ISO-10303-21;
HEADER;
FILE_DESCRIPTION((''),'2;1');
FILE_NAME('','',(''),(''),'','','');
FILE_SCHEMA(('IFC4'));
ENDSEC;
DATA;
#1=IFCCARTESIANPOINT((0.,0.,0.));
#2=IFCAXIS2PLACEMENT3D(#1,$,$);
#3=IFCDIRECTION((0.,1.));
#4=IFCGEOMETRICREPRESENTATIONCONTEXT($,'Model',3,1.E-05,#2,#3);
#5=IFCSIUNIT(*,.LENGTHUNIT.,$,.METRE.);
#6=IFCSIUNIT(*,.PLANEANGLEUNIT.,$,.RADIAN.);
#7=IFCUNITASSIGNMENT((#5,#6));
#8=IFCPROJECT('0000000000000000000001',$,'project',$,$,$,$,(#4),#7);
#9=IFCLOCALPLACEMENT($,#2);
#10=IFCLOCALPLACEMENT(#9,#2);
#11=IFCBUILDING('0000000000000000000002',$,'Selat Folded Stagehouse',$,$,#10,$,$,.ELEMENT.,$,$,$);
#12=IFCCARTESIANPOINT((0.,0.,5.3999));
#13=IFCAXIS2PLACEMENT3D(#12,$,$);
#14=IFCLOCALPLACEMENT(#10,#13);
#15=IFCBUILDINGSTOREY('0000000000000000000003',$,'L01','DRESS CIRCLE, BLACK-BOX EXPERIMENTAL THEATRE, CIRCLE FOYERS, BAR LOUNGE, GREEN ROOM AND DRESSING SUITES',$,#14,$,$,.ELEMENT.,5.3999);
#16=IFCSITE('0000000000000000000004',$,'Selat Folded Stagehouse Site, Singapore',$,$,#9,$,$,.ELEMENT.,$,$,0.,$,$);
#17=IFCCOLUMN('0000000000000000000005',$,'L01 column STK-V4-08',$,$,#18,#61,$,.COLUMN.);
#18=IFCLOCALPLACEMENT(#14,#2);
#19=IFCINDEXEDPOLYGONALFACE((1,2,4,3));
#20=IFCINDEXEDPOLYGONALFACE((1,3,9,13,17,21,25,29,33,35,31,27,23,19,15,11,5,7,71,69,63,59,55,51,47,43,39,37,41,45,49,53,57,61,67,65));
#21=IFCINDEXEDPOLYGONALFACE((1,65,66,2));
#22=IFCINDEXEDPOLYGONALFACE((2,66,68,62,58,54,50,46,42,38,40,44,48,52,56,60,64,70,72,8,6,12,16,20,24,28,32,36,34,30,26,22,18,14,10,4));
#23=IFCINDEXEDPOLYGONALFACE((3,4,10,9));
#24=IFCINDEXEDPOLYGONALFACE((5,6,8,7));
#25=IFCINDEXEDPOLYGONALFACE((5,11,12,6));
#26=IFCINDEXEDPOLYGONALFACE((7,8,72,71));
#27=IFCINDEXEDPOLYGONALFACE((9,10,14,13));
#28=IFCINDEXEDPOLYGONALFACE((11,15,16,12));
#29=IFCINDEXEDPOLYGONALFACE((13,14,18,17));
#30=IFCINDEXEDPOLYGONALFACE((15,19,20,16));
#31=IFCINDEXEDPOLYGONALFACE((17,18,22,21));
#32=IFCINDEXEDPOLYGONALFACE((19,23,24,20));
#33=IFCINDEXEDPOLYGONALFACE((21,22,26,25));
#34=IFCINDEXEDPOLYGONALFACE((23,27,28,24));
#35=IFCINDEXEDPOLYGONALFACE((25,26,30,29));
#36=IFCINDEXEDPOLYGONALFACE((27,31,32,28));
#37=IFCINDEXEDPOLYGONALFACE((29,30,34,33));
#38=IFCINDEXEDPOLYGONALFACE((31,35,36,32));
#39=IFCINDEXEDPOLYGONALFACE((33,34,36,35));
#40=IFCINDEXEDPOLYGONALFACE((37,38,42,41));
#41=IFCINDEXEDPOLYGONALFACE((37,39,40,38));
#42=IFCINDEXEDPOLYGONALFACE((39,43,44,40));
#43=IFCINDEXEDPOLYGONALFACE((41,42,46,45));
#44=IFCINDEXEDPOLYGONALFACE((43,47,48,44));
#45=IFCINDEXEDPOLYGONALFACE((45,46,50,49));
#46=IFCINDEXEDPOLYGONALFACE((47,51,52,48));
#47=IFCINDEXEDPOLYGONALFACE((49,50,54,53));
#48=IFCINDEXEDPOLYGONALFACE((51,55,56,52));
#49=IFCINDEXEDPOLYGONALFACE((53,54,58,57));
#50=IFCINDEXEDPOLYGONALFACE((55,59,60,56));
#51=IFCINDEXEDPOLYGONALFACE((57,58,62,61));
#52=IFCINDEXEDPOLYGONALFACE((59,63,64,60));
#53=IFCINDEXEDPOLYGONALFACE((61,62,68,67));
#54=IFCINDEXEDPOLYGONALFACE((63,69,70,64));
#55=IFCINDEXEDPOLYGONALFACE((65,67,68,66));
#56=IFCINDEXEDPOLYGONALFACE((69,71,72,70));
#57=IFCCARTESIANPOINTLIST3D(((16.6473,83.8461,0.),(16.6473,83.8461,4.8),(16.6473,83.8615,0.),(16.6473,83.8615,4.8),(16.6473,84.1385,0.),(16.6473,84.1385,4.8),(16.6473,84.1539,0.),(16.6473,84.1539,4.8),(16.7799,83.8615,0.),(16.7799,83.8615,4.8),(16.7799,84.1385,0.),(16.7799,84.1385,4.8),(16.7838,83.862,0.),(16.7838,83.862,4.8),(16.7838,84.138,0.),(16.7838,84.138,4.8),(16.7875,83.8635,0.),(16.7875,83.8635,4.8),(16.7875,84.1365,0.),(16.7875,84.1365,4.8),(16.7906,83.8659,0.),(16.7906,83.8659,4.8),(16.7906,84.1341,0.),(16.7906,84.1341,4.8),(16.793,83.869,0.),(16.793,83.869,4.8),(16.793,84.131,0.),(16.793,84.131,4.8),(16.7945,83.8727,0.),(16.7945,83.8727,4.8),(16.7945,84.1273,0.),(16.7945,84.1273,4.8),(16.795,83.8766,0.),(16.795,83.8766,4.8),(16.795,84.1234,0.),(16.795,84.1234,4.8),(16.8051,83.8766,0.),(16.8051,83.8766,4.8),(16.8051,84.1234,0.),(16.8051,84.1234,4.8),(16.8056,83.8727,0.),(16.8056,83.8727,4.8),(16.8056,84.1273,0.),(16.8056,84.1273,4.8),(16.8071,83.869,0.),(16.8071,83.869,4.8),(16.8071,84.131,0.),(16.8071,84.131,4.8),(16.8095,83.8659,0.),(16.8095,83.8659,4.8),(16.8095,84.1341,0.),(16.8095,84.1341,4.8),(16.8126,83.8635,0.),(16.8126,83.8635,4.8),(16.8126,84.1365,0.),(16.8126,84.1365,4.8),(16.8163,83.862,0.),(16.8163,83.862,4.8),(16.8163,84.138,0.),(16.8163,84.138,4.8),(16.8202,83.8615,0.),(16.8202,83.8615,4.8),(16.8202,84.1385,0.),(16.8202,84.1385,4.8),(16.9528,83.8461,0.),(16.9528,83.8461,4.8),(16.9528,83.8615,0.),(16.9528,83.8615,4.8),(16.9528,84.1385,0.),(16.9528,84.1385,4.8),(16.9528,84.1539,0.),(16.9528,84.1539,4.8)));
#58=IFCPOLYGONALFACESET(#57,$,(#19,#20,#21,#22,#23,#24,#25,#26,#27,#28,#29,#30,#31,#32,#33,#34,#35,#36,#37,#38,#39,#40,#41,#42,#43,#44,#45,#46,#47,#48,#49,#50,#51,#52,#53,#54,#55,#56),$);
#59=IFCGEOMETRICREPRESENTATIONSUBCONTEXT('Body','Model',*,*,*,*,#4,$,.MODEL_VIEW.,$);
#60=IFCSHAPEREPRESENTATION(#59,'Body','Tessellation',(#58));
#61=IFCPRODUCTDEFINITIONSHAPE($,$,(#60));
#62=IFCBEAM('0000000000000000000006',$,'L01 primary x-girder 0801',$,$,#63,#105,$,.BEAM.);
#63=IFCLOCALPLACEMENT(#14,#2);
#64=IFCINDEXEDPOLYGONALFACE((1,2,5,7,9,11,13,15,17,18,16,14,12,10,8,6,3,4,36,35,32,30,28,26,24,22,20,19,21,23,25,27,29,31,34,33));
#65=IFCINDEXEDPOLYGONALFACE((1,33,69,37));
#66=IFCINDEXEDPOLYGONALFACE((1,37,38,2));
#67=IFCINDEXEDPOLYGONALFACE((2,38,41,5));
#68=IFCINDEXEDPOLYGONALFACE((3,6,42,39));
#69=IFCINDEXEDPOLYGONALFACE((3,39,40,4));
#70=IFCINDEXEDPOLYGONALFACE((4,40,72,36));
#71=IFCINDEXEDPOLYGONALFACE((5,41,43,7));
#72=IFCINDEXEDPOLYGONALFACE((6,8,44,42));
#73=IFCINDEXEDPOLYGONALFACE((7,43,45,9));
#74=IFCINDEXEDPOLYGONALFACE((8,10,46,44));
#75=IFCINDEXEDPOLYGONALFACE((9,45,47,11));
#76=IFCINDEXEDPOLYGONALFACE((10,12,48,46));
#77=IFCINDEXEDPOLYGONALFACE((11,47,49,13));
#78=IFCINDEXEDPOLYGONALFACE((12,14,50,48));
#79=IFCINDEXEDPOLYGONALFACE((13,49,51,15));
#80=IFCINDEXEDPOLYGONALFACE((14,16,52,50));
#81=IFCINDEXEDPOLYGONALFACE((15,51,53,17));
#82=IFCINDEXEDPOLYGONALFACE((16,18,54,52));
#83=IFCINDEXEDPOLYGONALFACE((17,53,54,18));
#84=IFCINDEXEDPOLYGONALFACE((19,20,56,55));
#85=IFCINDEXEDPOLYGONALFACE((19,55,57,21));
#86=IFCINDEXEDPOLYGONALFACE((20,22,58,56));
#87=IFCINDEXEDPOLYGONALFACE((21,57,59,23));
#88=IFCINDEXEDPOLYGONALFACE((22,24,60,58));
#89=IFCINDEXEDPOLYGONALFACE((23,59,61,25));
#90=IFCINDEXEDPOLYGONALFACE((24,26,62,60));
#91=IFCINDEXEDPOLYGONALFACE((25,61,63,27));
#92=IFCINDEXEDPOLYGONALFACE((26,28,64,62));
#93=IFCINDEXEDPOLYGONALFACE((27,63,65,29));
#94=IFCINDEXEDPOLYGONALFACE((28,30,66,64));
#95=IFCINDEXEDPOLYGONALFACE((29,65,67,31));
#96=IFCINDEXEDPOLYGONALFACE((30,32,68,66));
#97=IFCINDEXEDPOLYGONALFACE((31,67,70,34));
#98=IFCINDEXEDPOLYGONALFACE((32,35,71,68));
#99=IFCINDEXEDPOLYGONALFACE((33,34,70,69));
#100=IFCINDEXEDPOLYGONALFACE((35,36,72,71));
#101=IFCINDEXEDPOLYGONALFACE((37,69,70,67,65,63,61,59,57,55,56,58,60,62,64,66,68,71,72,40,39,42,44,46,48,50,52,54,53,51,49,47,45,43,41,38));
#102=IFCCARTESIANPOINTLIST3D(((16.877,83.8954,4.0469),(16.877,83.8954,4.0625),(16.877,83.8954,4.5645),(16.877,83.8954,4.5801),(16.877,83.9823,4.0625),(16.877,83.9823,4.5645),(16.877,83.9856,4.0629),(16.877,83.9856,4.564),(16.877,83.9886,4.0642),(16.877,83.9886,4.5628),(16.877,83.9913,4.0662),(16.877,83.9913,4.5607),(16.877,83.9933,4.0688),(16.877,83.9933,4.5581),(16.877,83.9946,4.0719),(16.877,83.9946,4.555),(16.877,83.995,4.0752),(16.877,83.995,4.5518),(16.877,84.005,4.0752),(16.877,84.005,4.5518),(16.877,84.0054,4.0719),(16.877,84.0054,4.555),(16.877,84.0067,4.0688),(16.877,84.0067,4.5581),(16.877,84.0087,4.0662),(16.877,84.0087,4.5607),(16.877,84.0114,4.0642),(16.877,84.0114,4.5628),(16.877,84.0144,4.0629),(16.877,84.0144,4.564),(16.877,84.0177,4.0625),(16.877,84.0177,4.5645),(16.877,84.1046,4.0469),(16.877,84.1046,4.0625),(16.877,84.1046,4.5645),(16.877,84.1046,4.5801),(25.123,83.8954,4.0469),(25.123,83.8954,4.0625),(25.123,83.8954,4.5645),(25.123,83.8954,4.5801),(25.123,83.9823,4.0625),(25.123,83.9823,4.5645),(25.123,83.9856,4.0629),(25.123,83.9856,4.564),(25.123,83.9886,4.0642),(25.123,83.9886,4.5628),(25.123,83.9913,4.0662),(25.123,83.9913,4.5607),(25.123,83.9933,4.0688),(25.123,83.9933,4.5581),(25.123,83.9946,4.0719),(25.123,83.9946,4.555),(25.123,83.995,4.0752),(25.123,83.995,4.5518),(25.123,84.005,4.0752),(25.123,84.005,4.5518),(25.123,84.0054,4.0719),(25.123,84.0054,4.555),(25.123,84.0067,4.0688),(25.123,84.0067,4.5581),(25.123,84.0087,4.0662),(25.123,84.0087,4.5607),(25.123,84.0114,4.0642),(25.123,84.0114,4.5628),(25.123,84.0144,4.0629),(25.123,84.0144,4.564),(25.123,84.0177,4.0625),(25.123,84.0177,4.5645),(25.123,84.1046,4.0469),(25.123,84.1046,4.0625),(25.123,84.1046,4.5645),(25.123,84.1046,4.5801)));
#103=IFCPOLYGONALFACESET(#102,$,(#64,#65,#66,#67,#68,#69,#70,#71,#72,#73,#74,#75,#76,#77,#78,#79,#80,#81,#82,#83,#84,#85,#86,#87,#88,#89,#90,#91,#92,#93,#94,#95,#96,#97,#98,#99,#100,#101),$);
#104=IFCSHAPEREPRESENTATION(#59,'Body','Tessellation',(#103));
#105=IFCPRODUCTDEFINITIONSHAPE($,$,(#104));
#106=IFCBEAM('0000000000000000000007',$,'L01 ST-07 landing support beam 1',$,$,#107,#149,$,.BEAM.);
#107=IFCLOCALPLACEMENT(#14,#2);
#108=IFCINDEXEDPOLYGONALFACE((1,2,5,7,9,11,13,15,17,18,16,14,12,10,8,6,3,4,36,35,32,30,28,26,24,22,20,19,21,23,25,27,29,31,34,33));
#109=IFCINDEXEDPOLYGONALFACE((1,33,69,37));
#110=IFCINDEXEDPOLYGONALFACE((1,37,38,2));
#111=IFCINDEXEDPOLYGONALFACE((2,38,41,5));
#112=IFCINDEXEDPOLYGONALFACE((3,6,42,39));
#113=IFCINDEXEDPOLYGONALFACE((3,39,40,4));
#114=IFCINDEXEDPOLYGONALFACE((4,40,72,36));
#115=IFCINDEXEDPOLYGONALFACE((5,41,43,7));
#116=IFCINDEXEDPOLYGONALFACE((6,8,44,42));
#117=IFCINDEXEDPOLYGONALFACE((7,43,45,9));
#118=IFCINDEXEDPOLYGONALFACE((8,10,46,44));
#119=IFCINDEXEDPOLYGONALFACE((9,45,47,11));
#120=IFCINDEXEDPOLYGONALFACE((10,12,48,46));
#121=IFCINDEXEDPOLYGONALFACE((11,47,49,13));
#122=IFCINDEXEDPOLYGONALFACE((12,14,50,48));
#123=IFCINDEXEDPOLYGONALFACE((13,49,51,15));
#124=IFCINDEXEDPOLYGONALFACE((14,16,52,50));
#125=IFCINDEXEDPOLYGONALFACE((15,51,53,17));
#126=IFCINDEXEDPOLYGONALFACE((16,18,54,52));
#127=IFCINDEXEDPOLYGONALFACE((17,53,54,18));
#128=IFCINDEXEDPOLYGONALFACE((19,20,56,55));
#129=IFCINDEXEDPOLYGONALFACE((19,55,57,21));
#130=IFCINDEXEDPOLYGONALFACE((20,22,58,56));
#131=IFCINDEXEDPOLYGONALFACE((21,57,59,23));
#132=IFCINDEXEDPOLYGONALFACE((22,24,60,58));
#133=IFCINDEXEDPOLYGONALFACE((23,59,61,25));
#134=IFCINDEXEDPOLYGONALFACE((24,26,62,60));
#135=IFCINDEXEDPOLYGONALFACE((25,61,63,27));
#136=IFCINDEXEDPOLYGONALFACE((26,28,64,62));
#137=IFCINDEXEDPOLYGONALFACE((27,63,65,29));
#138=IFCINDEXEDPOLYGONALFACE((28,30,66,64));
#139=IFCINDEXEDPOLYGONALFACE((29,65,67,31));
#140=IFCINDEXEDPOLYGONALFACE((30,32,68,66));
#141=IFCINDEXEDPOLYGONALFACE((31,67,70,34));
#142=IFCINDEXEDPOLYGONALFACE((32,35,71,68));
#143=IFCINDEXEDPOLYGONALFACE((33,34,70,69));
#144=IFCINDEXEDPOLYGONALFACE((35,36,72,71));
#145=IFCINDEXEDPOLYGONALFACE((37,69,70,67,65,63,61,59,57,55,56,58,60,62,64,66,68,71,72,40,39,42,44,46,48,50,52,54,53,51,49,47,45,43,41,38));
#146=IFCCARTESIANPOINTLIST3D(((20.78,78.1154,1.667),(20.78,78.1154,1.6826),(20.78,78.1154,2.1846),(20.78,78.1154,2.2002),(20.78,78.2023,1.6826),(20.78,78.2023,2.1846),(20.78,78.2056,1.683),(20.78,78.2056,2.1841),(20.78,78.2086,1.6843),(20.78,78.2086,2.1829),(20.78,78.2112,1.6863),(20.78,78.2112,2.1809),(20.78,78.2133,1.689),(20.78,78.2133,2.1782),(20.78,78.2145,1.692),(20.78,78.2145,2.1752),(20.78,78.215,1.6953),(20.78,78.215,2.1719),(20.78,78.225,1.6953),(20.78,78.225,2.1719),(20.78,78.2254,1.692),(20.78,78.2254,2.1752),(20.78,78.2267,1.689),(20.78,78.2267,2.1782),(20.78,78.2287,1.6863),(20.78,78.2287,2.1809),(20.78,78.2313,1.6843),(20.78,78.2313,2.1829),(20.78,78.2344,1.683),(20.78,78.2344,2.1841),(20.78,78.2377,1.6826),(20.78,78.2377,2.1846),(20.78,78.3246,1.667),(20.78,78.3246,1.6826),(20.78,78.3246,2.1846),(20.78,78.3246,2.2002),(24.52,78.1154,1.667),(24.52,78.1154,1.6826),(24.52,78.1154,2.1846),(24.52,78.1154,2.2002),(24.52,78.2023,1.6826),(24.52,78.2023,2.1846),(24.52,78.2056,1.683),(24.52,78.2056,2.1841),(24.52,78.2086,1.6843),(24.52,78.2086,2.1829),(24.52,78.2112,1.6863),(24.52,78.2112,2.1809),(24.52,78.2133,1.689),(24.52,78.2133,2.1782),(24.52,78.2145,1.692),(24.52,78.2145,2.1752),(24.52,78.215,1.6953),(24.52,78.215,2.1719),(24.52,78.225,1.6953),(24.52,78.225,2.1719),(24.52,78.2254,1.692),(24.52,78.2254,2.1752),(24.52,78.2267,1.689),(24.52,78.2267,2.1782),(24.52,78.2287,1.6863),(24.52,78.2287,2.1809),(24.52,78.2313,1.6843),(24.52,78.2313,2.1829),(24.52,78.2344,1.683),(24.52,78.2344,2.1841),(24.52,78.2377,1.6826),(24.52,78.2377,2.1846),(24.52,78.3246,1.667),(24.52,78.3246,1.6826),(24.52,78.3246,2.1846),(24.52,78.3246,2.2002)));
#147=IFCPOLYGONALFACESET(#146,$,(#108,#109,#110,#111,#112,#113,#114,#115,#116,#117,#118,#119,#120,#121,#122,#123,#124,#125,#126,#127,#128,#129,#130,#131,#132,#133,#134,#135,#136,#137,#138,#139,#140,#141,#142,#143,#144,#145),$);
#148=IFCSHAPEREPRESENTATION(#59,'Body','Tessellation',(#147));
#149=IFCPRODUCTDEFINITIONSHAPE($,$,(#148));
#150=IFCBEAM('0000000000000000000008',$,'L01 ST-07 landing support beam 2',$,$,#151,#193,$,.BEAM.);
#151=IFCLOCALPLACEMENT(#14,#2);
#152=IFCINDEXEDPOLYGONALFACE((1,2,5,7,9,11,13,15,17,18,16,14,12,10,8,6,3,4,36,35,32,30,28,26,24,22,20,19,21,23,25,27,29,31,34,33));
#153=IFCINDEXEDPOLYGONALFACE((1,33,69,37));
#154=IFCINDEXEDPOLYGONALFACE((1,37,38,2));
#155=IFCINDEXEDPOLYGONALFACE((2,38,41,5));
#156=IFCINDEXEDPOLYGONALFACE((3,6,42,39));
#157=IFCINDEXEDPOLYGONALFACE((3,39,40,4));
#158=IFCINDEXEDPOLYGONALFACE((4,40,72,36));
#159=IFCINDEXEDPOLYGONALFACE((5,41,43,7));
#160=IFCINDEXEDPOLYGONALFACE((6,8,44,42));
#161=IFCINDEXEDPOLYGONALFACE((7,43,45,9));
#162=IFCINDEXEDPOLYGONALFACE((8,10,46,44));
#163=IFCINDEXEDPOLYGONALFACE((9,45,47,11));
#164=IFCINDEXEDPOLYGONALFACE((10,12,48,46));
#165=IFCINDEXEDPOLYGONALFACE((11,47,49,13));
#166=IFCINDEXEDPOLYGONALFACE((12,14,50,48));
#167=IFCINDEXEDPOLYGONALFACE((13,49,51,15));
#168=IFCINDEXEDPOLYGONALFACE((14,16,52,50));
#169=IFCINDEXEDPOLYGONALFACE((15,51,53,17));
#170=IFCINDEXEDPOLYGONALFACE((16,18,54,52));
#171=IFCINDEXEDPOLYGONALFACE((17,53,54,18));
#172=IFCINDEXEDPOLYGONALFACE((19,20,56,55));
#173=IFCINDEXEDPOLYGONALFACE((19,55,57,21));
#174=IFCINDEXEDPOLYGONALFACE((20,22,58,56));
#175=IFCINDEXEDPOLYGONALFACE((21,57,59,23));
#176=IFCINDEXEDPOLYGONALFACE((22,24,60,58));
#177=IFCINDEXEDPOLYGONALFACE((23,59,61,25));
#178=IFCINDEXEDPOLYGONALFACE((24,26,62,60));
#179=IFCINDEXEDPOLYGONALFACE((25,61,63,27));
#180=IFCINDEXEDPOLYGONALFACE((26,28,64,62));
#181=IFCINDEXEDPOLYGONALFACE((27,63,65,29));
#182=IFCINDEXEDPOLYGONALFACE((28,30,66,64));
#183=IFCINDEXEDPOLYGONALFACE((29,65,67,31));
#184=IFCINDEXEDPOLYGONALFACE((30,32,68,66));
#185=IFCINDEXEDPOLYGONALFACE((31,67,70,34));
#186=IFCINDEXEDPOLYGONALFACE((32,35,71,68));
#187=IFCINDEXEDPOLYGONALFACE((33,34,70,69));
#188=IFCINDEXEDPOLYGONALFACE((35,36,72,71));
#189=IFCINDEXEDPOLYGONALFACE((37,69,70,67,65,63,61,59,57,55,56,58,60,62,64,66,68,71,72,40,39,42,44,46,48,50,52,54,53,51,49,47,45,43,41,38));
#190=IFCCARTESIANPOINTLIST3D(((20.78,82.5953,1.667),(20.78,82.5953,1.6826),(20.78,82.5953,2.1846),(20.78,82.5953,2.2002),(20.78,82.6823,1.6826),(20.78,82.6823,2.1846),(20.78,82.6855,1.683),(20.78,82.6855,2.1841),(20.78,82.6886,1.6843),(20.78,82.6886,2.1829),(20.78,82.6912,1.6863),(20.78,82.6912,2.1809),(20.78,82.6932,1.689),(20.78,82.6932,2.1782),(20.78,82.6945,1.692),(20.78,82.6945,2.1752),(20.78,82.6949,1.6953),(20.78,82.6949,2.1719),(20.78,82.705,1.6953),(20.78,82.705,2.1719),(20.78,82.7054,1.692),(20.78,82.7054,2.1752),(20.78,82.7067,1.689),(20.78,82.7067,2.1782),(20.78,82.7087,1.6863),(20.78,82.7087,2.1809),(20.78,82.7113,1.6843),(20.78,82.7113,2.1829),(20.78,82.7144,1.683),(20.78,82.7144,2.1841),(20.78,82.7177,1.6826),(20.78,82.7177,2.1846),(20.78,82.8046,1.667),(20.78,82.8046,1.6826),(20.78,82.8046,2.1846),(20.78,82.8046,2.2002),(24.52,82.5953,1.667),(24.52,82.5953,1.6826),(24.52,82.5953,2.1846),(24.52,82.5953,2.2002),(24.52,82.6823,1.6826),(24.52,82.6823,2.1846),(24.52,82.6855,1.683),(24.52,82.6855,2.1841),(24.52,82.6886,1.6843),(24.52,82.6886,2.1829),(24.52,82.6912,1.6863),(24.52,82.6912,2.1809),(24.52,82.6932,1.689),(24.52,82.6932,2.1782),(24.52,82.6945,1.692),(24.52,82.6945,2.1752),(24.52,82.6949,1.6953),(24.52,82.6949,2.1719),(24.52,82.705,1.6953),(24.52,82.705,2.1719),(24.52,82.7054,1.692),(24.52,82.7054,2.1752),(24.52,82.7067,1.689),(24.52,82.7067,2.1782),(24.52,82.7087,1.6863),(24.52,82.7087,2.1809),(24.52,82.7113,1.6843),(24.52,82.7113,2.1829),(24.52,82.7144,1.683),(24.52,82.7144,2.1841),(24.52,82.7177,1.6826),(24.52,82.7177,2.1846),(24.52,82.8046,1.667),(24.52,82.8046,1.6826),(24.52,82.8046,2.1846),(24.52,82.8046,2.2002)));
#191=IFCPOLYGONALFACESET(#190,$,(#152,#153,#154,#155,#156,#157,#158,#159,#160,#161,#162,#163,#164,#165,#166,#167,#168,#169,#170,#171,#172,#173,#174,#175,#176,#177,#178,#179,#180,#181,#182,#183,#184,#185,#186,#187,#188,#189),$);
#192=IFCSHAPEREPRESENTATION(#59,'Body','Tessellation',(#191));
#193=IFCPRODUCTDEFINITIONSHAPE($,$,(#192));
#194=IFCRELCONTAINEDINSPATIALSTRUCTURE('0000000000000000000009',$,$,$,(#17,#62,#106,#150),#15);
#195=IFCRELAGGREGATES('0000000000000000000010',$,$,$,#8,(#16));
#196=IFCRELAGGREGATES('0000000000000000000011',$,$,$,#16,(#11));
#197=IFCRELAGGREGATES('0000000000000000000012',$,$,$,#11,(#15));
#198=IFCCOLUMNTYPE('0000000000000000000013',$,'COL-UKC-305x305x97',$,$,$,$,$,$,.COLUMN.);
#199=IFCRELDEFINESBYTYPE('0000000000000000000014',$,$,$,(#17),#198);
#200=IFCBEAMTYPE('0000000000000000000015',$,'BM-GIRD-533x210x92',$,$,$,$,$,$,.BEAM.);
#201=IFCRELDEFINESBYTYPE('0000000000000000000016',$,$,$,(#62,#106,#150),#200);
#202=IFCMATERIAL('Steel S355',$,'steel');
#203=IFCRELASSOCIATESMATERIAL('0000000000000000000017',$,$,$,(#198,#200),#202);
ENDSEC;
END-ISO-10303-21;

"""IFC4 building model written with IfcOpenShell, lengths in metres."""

from ifc_helpers import new_model, si_unit, direction, frame, origin, origin_2d, place, context, subcontext, project, spatial, i_section, extrude, material, material_profile, profile_set, type_object, element, save


model = new_model("IFC4")

# Units and contexts
model_context = context("Model", 3, precision=1e-05, world=origin(), true_north=direction((0.0, 1.0)))
body_context = subcontext(model_context, "Body", "Model", "MODEL_VIEW")
ifc_project = project(units=[si_unit("LENGTHUNIT", "METRE"), si_unit("PLANEANGLEUNIT", "RADIAN")], contexts=[model_context])

# Site, building, storey
site_placement = place(None, origin())
site = spatial("IfcSite", under=ifc_project, at=site_placement, Name="Selat Folded Stagehouse Site, Singapore", CompositionType="ELEMENT", RefElevation=0.0)
building_placement = place(site_placement, origin())
building = spatial("IfcBuilding", under=site, at=building_placement, Name="Selat Folded Stagehouse", CompositionType="ELEMENT")
storey_placement = place(building_placement, frame((0.0, 0.0, 5.3999)))
storey = spatial("IfcBuildingStorey", under=building, at=storey_placement, Name="L01", Description="DRESS CIRCLE, BLACK-BOX EXPERIMENTAL THEATRE, CIRCLE FOYERS, BAR LOUNGE, GREEN ROOM AND DRESSING SUITES", CompositionType="ELEMENT", Elevation=5.3999)

# Column
ifc_material_1 = material(Name="Steel S355", Category="steel")
ifc_material_profile_1 = material_profile(ifc_material_1, i_section(OverallWidth=0.3054, OverallDepth=0.3079, WebThickness=0.01, FlangeThickness=0.0154, FilletRadius=0.0151, at=origin_2d()), Name="UKC 305x305x97")
ifc_profile_set_1 = profile_set([ifc_material_profile_1], Name="Steel S355")
column_type = type_object("IfcColumnType", Name="COL-UKC-305x305x97", PredefinedType="COLUMN", material=ifc_profile_set_1)
column_placement = place(storey_placement, frame((16.8, 84.0, 0.0), z_axis=(0.0, 0.0, 1.0), x_axis=(1.0, 0.0, 0.0)))
element("IfcColumn", 1, at=column_placement, inside=storey, type_object=column_type, Name="L01 column STK-V4-08", PredefinedType="COLUMN", context=body_context, shape_type="SweptSolid", body=[
    extrude(i_section(OverallWidth=0.3054, OverallDepth=0.3079, WebThickness=0.01, FlangeThickness=0.0154, FilletRadius=0.0151, at=origin_2d()), origin(), (0.0, 0.0, 1.0), 4.8),
])

# Beams
ifc_material_profile_2 = material_profile(ifc_material_1, i_section(OverallWidth=0.2092, OverallDepth=0.5332, WebThickness=0.01, FlangeThickness=0.0156, FilletRadius=0.0127, at=origin_2d()), Name="UKB 533x210x92")
ifc_profile_set_2 = profile_set([ifc_material_profile_2], Name="Steel S355")
beam_type_1 = type_object("IfcBeamType", Name="BM-GIRD-533x210x92", PredefinedType="BEAM", material=ifc_profile_set_2)
beam_placement = place(storey_placement, frame((16.877, 84.0, 4.3135), z_axis=(1.0, 0.0, 0.0), x_axis=(0.0, 1.0, 0.0)))
element("IfcBeam", 2, at=beam_placement, inside=storey, type_object=beam_type_1, Name="L01 primary x-girder 0801", PredefinedType="BEAM", context=body_context, shape_type="SweptSolid", body=[
    extrude(i_section(OverallWidth=0.2092, OverallDepth=0.5332, WebThickness=0.01, FlangeThickness=0.0156, FilletRadius=0.0127, at=origin_2d()), origin(), (0.0, 0.0, 1.0), 8.2461),
])
for number, where, z_axis, x_axis, name in (
    (3, (20.78, 78.22, 1.9336), (1.0, 0.0, 0.0), (0.0, 1.0, 0.0), "L01 ST-07 landing support beam 1"),
    (4, (20.78, 82.7, 1.9336), (1.0, 0.0, 0.0), (0.0, 1.0, 0.0), "L01 ST-07 landing support beam 2"),
):
    element("IfcBeam", number, at=place(storey_placement, frame(where, z_axis=z_axis, x_axis=x_axis)), inside=storey, type_object=beam_type_1, Name=name, PredefinedType="BEAM", context=body_context, shape_type="SweptSolid", body=[
        extrude(i_section(OverallWidth=0.2092, OverallDepth=0.5332, WebThickness=0.01, FlangeThickness=0.0156, FilletRadius=0.0127, at=origin_2d()), origin(), (0.0, 0.0, 1.0), 3.74),
    ])

save(model, "model.ifc")
